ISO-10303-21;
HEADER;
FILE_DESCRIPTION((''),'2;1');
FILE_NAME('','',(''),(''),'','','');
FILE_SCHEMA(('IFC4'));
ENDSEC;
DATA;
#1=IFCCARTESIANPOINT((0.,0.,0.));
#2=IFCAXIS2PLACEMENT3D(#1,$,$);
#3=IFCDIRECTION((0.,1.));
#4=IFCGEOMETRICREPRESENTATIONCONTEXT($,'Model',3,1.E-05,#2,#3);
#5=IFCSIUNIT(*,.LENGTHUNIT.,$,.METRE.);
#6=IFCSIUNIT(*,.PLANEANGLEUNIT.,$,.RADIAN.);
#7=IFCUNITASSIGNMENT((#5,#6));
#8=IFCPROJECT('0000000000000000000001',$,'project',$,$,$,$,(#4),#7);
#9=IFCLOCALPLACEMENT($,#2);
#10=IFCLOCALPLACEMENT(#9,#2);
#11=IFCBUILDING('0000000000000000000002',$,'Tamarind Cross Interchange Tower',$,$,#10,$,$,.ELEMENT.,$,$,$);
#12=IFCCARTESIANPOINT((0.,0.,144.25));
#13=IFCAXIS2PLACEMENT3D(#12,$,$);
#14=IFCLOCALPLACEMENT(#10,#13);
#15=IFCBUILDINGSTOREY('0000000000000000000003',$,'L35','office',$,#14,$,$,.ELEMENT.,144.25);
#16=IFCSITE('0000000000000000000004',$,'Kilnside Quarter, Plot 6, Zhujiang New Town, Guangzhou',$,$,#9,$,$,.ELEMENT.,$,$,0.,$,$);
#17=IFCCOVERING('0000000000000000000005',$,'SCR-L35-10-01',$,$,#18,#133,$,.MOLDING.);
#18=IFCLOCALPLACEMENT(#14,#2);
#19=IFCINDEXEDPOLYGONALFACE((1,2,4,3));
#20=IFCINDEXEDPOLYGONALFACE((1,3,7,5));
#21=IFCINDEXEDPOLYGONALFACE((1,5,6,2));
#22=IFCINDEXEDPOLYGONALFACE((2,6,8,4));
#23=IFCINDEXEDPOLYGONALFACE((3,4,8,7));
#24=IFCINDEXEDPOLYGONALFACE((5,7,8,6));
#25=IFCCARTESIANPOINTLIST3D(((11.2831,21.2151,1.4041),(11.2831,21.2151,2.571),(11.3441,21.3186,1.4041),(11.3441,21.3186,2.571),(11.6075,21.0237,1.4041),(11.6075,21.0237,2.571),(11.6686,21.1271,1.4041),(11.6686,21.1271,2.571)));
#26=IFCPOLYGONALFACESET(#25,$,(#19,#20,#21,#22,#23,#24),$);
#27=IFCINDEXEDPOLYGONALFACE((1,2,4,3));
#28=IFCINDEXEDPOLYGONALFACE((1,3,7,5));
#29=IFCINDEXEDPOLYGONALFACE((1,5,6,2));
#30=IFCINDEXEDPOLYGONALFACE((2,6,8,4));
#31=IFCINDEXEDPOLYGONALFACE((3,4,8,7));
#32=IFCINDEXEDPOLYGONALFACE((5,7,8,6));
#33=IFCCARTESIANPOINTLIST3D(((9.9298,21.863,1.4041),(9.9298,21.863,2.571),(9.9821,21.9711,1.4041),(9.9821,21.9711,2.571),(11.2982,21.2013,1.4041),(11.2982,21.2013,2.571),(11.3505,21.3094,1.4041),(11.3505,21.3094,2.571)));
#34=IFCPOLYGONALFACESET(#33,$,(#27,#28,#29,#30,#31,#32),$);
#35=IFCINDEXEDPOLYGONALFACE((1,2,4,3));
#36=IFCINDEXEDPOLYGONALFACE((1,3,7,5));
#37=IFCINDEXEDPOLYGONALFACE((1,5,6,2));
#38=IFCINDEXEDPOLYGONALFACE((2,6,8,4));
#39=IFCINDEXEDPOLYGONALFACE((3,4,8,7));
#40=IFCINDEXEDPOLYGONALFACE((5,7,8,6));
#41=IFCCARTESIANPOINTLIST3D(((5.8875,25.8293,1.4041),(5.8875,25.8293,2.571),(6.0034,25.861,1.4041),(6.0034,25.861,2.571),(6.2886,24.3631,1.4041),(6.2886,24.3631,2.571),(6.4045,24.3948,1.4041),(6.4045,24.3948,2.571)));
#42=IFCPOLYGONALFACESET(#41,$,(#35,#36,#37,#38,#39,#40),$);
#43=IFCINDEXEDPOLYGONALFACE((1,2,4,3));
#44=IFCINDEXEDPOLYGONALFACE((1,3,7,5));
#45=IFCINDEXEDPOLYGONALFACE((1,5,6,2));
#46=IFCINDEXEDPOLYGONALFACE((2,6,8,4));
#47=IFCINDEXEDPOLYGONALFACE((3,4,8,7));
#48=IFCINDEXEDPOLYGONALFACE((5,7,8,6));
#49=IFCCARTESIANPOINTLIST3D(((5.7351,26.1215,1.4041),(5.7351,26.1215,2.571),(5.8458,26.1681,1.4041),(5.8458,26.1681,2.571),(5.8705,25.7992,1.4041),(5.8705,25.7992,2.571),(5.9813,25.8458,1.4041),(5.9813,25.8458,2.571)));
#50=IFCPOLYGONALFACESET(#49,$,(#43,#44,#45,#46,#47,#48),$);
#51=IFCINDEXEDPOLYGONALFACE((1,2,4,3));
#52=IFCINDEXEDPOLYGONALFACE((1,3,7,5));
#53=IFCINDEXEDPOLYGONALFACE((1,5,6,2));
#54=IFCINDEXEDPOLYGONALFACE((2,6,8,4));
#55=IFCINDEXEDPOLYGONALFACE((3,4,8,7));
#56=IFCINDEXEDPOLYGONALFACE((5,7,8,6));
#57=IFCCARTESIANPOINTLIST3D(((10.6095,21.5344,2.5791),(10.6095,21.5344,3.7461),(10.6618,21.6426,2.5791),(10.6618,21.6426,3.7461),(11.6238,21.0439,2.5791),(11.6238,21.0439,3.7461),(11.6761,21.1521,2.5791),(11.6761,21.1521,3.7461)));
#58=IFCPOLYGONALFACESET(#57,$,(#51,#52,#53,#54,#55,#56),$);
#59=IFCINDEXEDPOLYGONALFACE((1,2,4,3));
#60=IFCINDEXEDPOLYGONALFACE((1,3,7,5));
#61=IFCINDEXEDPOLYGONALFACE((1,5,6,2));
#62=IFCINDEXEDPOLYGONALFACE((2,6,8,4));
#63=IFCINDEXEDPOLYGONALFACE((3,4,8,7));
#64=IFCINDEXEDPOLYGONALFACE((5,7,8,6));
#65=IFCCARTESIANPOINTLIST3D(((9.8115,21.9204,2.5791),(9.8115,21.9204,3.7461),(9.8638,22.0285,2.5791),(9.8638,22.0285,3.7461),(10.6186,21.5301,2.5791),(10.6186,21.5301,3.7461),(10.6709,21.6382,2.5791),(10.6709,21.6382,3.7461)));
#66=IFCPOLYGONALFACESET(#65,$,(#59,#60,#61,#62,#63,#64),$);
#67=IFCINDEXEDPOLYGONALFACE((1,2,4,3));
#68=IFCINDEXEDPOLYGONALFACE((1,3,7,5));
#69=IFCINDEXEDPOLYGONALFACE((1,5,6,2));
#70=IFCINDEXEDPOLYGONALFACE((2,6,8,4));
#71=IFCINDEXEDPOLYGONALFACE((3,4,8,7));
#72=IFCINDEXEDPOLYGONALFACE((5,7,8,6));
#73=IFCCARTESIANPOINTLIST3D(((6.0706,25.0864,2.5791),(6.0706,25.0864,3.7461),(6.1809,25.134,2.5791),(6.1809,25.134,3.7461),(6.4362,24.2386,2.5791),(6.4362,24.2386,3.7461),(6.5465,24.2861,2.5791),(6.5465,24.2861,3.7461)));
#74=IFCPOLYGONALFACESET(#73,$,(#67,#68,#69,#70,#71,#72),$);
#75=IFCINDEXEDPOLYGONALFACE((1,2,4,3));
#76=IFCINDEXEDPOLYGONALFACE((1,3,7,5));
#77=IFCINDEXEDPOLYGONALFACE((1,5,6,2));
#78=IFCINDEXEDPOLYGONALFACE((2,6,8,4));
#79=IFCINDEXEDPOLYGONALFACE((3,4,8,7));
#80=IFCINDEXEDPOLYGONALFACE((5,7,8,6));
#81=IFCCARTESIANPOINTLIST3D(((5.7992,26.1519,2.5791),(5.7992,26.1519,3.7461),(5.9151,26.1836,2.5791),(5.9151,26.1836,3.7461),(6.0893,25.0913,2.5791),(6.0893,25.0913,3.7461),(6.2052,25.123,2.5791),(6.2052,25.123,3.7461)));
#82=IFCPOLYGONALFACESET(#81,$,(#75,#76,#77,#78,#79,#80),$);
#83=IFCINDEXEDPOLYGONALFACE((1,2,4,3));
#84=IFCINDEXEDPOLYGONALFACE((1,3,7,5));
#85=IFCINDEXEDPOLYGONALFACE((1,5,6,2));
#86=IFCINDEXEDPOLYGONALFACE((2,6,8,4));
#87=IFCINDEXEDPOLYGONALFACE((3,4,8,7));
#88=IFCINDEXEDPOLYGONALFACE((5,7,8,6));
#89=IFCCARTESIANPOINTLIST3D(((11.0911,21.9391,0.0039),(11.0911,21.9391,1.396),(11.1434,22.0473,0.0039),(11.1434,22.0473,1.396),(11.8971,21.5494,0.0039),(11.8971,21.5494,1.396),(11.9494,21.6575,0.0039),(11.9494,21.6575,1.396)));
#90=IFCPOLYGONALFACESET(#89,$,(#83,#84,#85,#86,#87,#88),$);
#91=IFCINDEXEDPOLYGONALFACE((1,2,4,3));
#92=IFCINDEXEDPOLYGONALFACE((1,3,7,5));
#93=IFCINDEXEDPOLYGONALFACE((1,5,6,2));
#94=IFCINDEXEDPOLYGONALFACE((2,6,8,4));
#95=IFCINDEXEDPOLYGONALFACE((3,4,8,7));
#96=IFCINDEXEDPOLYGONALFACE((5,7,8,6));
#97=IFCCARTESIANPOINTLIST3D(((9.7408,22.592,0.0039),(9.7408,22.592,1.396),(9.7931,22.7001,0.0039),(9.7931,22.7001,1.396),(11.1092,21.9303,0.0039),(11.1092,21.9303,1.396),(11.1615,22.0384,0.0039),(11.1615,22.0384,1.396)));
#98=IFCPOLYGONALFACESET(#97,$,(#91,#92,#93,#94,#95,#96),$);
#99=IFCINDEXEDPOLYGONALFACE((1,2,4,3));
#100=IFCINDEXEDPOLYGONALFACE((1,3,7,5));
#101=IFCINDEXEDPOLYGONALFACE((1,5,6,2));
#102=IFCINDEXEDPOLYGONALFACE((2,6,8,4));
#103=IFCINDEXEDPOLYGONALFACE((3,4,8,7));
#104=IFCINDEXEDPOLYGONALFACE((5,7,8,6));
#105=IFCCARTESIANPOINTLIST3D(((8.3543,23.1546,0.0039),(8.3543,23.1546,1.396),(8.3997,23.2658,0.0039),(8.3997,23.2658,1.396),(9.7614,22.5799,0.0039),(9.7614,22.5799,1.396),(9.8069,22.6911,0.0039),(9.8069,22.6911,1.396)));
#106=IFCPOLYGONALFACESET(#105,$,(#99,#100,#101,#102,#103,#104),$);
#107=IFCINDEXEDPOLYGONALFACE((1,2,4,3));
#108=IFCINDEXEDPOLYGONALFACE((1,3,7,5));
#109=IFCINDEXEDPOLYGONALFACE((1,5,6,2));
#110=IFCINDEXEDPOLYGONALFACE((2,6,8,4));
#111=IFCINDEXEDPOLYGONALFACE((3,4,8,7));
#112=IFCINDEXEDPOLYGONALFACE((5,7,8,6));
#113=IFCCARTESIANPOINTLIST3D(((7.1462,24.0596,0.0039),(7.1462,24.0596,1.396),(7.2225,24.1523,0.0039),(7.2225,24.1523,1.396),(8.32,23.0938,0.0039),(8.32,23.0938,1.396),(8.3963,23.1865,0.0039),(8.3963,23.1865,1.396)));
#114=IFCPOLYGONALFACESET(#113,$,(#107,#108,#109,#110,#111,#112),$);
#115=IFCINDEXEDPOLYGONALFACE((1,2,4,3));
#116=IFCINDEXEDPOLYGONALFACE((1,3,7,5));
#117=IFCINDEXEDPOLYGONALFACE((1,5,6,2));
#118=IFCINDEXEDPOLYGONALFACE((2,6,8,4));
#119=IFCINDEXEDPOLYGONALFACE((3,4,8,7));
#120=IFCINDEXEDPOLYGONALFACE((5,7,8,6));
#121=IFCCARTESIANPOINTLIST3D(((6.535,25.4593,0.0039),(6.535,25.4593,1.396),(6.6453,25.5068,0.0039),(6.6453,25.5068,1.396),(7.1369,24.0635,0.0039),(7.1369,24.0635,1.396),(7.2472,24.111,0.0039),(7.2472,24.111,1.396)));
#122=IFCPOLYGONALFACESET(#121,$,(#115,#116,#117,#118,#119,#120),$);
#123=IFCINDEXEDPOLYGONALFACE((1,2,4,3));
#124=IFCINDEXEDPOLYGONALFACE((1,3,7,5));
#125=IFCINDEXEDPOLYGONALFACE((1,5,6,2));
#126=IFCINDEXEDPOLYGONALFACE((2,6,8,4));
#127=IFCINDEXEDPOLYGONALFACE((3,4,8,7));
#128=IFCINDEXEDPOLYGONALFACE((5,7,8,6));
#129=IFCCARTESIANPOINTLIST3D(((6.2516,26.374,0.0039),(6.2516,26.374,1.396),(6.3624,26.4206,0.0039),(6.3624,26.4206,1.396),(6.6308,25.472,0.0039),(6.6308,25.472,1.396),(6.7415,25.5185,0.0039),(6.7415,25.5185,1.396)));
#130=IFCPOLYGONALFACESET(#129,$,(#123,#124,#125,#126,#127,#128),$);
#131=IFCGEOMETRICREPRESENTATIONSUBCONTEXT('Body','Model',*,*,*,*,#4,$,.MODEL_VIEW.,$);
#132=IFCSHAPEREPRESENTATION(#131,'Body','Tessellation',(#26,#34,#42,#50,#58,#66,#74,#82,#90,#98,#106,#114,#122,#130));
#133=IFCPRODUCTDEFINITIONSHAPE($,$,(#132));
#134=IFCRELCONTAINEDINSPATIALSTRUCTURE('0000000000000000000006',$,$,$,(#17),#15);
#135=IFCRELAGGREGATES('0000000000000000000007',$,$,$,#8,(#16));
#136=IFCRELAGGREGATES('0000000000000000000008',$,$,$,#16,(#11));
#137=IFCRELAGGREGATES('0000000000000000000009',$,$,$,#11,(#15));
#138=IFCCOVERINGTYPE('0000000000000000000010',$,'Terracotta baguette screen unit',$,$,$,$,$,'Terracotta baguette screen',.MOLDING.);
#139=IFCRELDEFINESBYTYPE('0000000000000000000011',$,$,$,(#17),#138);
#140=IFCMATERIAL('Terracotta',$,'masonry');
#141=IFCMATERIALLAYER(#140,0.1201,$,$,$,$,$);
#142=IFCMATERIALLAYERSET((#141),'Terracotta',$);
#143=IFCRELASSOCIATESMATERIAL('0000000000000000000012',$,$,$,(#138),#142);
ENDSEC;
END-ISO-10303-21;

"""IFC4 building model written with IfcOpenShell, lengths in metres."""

from ifc_helpers import new_model, si_unit, direction, frame, origin, origin_2d, place, context, subcontext, project, spatial, rectangle, extrude, material, layer, layer_set, type_object, element, save


model = new_model("IFC4")

# Units and contexts
model_context = context("Model", 3, precision=1e-05, world=origin(), true_north=direction((0.0, 1.0)))
body_context = subcontext(model_context, "Body", "Model", "MODEL_VIEW")
ifc_project = project(units=[si_unit("LENGTHUNIT", "METRE"), si_unit("PLANEANGLEUNIT", "RADIAN")], contexts=[model_context])

# Site, building, storey
site_placement = place(None, origin())
site = spatial("IfcSite", under=ifc_project, at=site_placement, Name="Kilnside Quarter, Plot 6, Zhujiang New Town, Guangzhou", CompositionType="ELEMENT", RefElevation=0.0)
building_placement = place(site_placement, origin())
building = spatial("IfcBuilding", under=site, at=building_placement, Name="Tamarind Cross Interchange Tower", CompositionType="ELEMENT")
storey_placement = place(building_placement, frame((0.0, 0.0, 144.25)))
storey = spatial("IfcBuildingStorey", under=building, at=storey_placement, Name="L35", Description="office", CompositionType="ELEMENT", Elevation=144.25)

# Covering
ifc_material_1 = material(Name="Terracotta", Category="masonry")
ifc_layer_1 = layer(ifc_material_1, 0.1201)
ifc_layer_set_1 = layer_set([ifc_layer_1], Name="Terracotta")
covering_type = type_object("IfcCoveringType", Name="Terracotta baguette screen unit", ElementType="Terracotta baguette screen", PredefinedType="MOLDING", material=ifc_layer_set_1)
covering_1_placement = place(storey_placement, origin())
element("IfcCovering", 1, at=covering_1_placement, inside=storey, type_object=covering_type, Name="SCR-L35-10-01", PredefinedType="MOLDING", context=body_context, shape_type="SweptSolid", body=[
    extrude(rectangle(XDim=0.3767, YDim=0.1201, at=origin_2d()), frame((11.4758, 21.1711, 1.4041), z_axis=(0.0, 0.0, 1.0), x_axis=(-0.861249, 0.508183, 0.0)), (0.0, 0.0, 1.0), 1.167),
    extrude(rectangle(XDim=1.52, YDim=0.1201, at=origin_2d()), frame((10.6401, 21.5862, 1.4041), z_axis=(0.0, 0.0, 1.0), x_axis=(-0.900273, 0.435326, 0.0)), (0.0, 0.0, 1.0), 1.167),
    extrude(rectangle(XDim=1.52, YDim=0.1201, at=origin_2d()), frame((6.146, 25.1121, 1.4041), z_axis=(0.0, 0.0, 1.0), x_axis=(-0.26386, 0.964561, 0.0)), (0.0, 0.0, 1.0), 1.167),
    extrude(rectangle(XDim=0.3496, YDim=0.1201, at=origin_2d()), frame((5.8582, 25.9836, 1.4041), z_axis=(0.0, 0.0, 1.0), x_axis=(-0.387503, 0.921869, 0.0)), (0.0, 0.0, 1.0), 1.167),
    extrude(rectangle(XDim=1.1267, YDim=0.1201, at=origin_2d()), frame((11.1428, 21.3433, 2.5791), z_axis=(0.0, 0.0, 1.0), x_axis=(-0.900273, 0.435326, 0.0)), (0.0, 0.0, 1.0), 1.167),
    extrude(rectangle(XDim=0.8965, YDim=0.1201, at=origin_2d()), frame((10.2412, 21.7793, 2.5791), z_axis=(0.0, 0.0, 1.0), x_axis=(-0.900273, 0.435326, 0.0)), (0.0, 0.0, 1.0), 1.167),
    extrude(rectangle(XDim=0.9233, YDim=0.1201, at=origin_2d()), frame((6.3086, 24.6863, 2.5791), z_axis=(0.0, 0.0, 1.0), x_axis=(-0.395962, 0.918267, 0.0)), (0.0, 0.0, 1.0), 1.167),
    extrude(rectangle(XDim=1.0996, YDim=0.1201, at=origin_2d()), frame((6.0022, 25.6375, 2.5791), z_axis=(0.0, 0.0, 1.0), x_axis=(-0.26386, 0.964561, 0.0)), (0.0, 0.0, 1.0), 1.167),
    extrude(rectangle(XDim=0.8953, YDim=0.1201, at=origin_2d()), frame((11.5203, 21.7983, 0.0039), z_axis=(0.0, 0.0, 1.0), x_axis=(-0.900273, 0.435326, 0.0)), (0.0, 0.0, 1.0), 1.3921),
    extrude(rectangle(XDim=1.52, YDim=0.1201, at=origin_2d()), frame((10.4512, 22.3152, 0.0039), z_axis=(0.0, 0.0, 1.0), x_axis=(-0.900273, 0.435326, 0.0)), (0.0, 0.0, 1.0), 1.3921),
    extrude(rectangle(XDim=1.52, YDim=0.1201, at=origin_2d()), frame((9.0806, 22.9229, 0.0039), z_axis=(0.0, 0.0, 1.0), x_axis=(-0.925763, 0.378105, 0.0)), (0.0, 0.0, 1.0), 1.3921),
    extrude(rectangle(XDim=1.52, YDim=0.1201, at=origin_2d()), frame((7.7712, 23.623, 0.0039), z_axis=(0.0, 0.0, 1.0), x_axis=(-0.772209, 0.635369, 0.0)), (0.0, 0.0, 1.0), 1.3921),
    extrude(rectangle(XDim=1.52, YDim=0.1201, at=origin_2d()), frame((6.8911, 24.7852, 0.0039), z_axis=(0.0, 0.0, 1.0), x_axis=(-0.395962, 0.918267, 0.0)), (0.0, 0.0, 1.0), 1.3921),
    extrude(rectangle(XDim=0.9785, YDim=0.1201, at=origin_2d()), frame((6.4966, 25.9463, 0.0039), z_axis=(0.0, 0.0, 1.0), x_axis=(-0.387503, 0.921869, 0.0)), (0.0, 0.0, 1.0), 1.3921),
])

save(model, "model.ifc")
